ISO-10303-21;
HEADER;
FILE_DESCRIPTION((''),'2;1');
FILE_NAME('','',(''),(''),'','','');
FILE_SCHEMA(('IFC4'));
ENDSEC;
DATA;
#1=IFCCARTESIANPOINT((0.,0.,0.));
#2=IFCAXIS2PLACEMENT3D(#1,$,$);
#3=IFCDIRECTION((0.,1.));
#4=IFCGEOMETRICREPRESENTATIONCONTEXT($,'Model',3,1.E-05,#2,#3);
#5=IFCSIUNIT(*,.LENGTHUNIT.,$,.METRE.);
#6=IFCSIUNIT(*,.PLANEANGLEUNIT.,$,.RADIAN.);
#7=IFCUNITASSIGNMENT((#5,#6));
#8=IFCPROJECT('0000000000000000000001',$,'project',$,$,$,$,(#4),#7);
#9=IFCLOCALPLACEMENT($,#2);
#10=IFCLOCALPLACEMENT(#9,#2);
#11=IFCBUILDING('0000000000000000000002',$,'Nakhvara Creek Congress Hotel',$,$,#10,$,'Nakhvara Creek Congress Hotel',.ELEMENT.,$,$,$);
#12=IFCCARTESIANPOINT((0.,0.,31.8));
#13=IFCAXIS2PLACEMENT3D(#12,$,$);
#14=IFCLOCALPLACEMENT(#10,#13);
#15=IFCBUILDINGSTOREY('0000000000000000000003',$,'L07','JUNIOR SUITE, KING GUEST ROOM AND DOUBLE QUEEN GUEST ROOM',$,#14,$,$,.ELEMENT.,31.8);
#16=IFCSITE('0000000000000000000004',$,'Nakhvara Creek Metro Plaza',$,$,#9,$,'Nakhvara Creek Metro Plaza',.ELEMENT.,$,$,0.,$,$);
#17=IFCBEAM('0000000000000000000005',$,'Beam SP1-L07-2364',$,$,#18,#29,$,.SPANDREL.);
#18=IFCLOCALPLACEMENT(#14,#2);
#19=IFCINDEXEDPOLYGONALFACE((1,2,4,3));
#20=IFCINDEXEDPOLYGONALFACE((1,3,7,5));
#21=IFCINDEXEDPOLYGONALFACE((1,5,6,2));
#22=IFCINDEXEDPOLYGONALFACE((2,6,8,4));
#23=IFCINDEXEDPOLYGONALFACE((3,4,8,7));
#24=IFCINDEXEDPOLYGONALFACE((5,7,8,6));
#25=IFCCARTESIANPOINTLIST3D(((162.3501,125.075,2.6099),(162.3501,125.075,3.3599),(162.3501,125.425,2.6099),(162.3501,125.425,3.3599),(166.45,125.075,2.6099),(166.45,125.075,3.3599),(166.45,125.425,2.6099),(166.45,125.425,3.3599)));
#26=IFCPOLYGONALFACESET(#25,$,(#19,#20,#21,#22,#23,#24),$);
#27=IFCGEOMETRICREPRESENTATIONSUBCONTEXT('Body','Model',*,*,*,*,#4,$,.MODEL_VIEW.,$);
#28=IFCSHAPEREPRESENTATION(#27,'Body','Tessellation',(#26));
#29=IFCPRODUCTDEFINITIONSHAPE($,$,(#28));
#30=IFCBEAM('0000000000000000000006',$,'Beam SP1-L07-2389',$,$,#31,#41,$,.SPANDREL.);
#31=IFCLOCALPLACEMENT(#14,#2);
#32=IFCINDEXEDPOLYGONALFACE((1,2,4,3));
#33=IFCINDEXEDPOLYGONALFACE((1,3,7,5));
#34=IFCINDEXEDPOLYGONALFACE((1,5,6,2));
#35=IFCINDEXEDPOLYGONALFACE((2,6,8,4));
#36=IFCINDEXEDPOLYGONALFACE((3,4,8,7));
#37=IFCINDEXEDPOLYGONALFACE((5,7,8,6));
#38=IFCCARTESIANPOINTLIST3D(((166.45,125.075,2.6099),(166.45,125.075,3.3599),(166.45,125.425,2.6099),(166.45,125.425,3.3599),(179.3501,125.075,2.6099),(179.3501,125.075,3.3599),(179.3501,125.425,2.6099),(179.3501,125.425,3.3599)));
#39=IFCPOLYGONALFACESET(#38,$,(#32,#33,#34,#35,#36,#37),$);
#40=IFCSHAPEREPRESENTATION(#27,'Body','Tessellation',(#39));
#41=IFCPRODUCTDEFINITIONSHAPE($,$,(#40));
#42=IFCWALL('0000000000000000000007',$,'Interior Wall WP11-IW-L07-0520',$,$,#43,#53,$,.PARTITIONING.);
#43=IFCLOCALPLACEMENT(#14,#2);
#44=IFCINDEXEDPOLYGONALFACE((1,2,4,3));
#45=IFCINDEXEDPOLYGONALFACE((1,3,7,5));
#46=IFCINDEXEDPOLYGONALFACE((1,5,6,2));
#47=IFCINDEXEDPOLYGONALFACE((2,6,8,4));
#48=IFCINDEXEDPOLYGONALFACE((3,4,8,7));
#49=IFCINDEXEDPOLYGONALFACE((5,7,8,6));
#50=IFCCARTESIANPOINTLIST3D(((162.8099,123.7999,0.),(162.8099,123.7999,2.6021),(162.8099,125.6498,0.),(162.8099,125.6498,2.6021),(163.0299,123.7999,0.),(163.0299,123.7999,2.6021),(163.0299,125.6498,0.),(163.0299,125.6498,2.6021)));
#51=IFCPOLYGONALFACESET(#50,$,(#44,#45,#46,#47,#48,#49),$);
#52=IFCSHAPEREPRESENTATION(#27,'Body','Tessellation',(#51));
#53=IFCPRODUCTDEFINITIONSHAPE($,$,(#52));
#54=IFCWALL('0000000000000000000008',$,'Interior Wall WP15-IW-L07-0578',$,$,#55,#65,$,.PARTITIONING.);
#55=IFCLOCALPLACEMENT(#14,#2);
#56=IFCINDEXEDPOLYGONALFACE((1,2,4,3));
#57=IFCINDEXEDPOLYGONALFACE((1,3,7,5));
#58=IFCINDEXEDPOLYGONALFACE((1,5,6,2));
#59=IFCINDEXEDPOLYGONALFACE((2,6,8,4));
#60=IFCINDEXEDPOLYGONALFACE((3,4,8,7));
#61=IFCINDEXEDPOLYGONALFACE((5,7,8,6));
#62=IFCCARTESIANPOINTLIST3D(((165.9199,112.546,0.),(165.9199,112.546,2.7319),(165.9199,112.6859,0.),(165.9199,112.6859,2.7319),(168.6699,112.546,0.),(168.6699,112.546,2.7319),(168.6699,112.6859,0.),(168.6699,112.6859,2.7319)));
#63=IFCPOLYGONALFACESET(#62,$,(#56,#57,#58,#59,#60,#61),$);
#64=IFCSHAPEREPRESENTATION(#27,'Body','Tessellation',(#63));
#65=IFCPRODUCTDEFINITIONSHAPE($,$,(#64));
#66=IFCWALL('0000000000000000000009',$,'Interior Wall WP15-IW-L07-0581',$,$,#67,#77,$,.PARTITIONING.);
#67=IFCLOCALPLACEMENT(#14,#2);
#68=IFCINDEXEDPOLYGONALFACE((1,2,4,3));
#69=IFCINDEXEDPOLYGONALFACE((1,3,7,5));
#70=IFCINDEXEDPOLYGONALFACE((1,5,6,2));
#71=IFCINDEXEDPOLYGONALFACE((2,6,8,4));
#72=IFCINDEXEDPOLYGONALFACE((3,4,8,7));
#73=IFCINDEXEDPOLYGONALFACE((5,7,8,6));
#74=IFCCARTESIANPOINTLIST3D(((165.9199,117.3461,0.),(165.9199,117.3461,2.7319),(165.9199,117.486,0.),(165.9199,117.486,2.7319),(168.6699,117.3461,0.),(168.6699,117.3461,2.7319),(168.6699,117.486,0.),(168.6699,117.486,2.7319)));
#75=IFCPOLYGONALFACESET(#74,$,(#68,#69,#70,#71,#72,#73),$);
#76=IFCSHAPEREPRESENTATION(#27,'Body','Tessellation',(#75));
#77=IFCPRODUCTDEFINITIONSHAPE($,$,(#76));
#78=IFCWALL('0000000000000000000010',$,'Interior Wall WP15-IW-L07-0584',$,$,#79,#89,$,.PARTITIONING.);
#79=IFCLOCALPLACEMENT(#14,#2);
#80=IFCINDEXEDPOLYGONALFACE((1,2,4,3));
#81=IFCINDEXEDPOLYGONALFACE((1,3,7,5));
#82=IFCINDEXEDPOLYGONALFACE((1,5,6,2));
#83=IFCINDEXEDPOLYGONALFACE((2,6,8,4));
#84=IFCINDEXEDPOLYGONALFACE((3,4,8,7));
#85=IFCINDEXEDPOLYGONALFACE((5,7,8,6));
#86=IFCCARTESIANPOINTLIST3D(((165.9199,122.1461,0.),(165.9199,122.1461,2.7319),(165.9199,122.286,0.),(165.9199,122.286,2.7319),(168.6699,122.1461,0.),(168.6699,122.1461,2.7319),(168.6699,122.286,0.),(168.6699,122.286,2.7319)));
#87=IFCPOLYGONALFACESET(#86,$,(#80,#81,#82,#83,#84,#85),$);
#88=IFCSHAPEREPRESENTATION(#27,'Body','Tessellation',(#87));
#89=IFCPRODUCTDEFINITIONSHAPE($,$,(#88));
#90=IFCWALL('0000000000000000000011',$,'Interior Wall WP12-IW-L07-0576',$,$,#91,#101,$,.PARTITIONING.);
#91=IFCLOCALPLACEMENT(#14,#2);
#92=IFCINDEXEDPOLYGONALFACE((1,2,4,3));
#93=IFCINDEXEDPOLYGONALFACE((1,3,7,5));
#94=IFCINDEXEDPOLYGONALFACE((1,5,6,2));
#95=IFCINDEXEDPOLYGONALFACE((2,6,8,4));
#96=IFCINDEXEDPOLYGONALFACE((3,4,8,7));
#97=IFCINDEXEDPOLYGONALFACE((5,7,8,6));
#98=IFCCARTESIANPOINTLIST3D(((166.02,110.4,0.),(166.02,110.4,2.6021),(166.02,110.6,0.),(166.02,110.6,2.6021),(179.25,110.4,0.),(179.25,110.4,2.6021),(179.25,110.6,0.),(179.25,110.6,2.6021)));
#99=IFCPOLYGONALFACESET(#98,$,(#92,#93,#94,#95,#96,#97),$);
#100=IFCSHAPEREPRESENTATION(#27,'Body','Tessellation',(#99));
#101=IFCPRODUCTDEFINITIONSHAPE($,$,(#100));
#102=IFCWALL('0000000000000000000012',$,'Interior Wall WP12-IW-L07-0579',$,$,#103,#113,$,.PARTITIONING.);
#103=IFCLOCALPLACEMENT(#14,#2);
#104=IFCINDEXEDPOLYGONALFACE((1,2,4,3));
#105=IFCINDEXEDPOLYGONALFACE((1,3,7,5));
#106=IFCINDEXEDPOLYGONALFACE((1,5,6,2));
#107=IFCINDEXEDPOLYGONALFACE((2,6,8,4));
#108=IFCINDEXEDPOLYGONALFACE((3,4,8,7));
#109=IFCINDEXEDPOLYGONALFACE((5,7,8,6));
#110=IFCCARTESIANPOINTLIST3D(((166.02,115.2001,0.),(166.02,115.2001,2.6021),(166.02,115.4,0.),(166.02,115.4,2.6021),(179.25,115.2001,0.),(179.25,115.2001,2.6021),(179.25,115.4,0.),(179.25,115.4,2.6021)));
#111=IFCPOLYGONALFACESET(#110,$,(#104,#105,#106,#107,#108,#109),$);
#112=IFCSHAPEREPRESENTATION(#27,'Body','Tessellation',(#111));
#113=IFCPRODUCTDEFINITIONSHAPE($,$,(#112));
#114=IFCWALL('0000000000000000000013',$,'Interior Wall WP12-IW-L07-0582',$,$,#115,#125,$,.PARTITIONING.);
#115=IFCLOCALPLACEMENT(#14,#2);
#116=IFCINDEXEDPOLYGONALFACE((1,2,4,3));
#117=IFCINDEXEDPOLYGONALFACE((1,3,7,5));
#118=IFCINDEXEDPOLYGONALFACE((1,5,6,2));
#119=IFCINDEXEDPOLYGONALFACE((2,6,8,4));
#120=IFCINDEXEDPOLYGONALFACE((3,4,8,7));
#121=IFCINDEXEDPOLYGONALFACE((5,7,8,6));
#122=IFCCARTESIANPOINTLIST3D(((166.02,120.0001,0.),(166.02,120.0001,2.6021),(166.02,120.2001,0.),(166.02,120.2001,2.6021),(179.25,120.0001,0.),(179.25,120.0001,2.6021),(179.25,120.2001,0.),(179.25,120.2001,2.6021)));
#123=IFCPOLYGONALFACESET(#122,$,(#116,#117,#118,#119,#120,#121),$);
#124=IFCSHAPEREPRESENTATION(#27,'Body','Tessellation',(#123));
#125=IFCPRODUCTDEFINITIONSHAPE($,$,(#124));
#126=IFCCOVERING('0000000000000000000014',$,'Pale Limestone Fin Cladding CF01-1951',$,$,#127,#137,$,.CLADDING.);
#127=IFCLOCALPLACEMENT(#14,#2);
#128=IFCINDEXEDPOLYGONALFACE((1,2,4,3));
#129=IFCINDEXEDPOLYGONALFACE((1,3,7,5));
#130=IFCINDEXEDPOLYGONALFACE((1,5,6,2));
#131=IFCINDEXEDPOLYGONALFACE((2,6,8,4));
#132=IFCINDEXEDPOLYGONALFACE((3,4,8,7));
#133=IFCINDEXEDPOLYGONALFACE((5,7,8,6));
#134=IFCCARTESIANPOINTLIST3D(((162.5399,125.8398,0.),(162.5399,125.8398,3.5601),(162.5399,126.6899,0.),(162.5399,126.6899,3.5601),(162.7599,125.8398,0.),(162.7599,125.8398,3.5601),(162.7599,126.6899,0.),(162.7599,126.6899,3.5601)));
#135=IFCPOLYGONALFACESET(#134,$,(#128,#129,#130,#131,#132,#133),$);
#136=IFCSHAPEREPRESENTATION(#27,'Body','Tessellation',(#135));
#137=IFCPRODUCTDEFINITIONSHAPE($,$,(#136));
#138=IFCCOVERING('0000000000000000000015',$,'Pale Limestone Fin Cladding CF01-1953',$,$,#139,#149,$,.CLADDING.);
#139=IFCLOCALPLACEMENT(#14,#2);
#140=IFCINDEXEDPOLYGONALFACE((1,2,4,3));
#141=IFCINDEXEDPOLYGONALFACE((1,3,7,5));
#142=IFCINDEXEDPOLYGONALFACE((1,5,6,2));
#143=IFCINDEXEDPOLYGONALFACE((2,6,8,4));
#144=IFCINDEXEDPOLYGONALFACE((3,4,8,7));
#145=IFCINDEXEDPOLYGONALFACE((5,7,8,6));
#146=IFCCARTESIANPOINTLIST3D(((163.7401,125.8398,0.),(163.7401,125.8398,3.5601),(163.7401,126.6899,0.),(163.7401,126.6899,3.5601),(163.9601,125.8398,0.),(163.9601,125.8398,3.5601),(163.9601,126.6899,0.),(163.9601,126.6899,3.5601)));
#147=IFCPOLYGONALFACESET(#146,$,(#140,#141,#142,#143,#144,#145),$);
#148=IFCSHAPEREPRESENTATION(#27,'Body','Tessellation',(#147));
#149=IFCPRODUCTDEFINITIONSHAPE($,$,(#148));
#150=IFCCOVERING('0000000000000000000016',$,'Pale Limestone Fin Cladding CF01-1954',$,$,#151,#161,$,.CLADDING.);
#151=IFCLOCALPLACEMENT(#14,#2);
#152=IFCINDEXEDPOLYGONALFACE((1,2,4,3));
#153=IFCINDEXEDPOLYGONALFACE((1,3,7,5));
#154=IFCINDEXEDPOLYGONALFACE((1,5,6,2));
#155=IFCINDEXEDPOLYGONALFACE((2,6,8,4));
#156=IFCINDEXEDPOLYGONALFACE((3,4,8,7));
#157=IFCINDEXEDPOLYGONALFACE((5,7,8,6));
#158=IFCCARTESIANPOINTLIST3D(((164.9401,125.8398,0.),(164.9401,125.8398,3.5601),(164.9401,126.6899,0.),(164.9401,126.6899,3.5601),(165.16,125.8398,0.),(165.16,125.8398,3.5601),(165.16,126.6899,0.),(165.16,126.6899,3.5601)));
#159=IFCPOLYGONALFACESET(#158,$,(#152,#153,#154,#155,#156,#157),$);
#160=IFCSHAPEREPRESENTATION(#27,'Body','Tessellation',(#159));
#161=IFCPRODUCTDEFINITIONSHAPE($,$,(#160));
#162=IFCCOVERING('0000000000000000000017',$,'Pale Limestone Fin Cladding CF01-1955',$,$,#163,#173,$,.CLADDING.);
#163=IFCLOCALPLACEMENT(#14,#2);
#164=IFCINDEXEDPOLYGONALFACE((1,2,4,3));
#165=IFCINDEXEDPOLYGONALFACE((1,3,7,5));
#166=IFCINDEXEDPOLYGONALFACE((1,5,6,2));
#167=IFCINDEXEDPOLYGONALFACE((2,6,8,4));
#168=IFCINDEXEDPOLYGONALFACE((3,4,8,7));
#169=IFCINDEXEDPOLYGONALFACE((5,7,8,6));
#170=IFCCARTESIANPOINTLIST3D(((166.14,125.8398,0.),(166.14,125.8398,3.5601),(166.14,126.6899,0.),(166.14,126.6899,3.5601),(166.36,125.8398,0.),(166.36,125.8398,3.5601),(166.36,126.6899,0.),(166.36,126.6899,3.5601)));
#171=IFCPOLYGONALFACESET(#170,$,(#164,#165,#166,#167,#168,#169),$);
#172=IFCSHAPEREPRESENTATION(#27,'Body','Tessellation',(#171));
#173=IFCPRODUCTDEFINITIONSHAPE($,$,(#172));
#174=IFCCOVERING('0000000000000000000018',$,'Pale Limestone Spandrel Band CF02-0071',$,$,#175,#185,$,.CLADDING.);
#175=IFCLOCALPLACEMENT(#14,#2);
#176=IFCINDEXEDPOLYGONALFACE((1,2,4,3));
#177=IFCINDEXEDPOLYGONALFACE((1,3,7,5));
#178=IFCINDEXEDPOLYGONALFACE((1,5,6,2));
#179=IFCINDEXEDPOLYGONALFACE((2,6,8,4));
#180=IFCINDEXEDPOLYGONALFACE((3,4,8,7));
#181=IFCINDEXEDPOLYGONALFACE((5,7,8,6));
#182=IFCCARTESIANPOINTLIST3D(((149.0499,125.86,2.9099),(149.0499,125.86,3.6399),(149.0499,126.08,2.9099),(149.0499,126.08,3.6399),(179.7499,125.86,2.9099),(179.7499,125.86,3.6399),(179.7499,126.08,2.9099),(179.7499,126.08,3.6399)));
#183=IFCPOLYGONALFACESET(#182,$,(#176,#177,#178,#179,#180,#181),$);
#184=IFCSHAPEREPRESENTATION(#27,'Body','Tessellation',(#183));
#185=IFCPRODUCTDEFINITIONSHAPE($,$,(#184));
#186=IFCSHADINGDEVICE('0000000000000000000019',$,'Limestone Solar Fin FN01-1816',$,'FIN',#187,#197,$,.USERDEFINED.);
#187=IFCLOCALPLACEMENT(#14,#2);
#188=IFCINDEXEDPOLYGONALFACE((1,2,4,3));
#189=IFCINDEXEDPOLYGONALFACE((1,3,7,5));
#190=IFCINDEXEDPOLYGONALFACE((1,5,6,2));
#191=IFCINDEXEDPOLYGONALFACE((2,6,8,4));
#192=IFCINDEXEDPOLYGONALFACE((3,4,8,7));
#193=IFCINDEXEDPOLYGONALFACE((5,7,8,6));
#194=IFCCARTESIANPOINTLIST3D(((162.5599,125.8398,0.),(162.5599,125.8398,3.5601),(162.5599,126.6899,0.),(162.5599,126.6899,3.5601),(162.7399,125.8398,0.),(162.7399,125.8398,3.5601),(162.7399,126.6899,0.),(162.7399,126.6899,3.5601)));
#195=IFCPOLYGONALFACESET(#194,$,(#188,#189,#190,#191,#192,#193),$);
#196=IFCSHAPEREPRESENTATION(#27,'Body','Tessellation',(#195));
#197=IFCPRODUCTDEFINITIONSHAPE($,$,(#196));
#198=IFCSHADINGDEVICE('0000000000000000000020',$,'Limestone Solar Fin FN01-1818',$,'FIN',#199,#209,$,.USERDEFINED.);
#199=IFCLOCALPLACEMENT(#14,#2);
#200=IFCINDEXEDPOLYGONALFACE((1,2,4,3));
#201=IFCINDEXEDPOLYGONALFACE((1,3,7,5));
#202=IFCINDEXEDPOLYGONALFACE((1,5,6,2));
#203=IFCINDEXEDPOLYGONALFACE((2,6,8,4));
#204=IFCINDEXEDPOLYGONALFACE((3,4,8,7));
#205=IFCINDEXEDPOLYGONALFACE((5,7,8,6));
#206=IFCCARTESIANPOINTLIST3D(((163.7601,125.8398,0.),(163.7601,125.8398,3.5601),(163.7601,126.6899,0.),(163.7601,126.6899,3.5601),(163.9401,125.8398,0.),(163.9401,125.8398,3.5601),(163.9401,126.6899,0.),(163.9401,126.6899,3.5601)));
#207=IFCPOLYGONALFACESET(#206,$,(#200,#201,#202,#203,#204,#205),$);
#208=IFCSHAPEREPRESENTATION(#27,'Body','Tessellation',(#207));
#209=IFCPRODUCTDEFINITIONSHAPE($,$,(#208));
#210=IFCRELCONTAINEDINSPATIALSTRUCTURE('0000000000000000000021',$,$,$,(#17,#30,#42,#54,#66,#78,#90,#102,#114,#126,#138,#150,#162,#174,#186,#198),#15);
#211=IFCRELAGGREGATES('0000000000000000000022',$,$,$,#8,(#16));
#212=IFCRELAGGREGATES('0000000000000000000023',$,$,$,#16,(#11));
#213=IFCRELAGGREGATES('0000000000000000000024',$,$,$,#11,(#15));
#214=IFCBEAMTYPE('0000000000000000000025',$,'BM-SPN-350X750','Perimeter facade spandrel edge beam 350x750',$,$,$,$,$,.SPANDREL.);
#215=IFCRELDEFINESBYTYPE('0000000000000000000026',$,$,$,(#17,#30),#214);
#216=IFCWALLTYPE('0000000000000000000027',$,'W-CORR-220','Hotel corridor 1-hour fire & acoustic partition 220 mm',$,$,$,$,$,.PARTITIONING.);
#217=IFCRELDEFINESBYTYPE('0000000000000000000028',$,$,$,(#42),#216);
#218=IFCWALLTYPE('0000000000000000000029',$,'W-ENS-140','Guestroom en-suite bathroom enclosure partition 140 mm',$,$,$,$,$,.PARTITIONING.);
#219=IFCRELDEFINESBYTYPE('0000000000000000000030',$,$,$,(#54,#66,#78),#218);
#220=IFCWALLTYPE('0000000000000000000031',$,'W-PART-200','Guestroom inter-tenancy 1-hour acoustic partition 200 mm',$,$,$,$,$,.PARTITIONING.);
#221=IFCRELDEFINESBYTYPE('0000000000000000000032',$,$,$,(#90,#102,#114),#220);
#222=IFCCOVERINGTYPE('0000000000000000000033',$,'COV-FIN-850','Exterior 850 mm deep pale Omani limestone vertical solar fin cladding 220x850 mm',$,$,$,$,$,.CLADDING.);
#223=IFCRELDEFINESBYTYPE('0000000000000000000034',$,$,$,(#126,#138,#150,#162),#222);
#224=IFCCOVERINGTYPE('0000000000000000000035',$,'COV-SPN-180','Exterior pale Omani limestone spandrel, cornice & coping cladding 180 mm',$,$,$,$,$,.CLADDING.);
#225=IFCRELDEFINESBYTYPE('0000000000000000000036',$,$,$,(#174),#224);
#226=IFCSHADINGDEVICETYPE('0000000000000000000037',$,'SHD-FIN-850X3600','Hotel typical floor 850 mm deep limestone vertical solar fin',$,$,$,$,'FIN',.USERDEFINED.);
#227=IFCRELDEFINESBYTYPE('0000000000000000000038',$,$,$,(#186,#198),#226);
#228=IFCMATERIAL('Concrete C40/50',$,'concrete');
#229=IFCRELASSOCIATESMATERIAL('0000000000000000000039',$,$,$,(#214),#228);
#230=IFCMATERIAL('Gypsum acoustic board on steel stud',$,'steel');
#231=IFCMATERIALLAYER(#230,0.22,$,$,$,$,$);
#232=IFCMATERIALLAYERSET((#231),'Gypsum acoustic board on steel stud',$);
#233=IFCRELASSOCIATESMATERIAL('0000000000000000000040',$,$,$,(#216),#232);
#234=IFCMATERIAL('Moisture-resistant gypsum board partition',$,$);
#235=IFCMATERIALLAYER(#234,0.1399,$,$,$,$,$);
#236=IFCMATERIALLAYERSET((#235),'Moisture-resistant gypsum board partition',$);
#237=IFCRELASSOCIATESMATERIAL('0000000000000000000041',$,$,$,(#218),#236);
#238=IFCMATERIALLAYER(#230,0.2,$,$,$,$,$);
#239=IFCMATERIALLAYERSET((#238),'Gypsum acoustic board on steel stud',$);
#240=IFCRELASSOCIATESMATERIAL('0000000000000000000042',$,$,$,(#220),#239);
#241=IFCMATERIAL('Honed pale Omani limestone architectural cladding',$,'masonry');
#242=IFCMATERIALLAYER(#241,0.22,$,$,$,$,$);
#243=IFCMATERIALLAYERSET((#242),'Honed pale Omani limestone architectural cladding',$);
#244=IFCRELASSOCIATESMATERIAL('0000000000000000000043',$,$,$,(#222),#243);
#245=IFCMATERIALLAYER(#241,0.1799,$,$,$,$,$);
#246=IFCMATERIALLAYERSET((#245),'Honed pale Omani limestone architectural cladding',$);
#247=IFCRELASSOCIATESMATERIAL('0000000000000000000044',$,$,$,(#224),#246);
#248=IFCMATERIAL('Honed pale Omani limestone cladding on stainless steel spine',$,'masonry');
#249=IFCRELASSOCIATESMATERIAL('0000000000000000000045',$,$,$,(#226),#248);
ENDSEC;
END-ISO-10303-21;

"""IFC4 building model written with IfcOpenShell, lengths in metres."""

from ifc_helpers import new_model, si_unit, direction, frame, frame_2d, origin, origin_2d, place, context, subcontext, project, spatial, rectangle, extrude, material, layer, layer_set, material_profile, profile_set, type_object, element, save


model = new_model("IFC4")

# Units and contexts
model_context = context("Model", 3, precision=1e-05, world=origin(), true_north=direction((0.0, 1.0)))
body_context = subcontext(model_context, "Body", "Model", "MODEL_VIEW")
ifc_project = project(units=[si_unit("LENGTHUNIT", "METRE"), si_unit("PLANEANGLEUNIT", "RADIAN")], contexts=[model_context])

# Site, building, storey
site_placement = place(None, origin())
site = spatial("IfcSite", under=ifc_project, at=site_placement, Name="Nakhvara Creek Metro Plaza", LongName="Nakhvara Creek Metro Plaza", CompositionType="ELEMENT", RefElevation=0.0)
building_placement = place(site_placement, origin())
building = spatial("IfcBuilding", under=site, at=building_placement, Name="Nakhvara Creek Congress Hotel", LongName="Nakhvara Creek Congress Hotel", CompositionType="ELEMENT")
storey_placement = place(building_placement, frame((0.0, 0.0, 31.8)))
storey = spatial("IfcBuildingStorey", under=building, at=storey_placement, Name="L07", Description="JUNIOR SUITE, KING GUEST ROOM AND DOUBLE QUEEN GUEST ROOM", CompositionType="ELEMENT", Elevation=31.8)

# Beams
ifc_material_1 = material(Name="Concrete C40/50", Category="concrete")
ifc_material_profile_1 = material_profile(ifc_material_1, rectangle(XDim=0.3501, YDim=0.75, at=origin_2d()), Name="RC-SPANDREL 350x750", Category="LoadBearing")
ifc_profile_set_1 = profile_set([ifc_material_profile_1], Name="Concrete C40/50")
beam_type_1 = type_object("IfcBeamType", Name="BM-SPN-350X750", Description="Perimeter facade spandrel edge beam 350x750", PredefinedType="SPANDREL", material=ifc_profile_set_1)
beam_1_placement = place(storey_placement, frame((162.3501, 125.25, 2.9849), z_axis=(1.0, 0.0, 0.0), x_axis=(0.0, 1.0, 0.0)))
element("IfcBeam", 1, at=beam_1_placement, inside=storey, type_object=beam_type_1, Name="Beam SP1-L07-2364", PredefinedType="SPANDREL", context=body_context, shape_type="SweptSolid", body=[
    extrude(rectangle(XDim=0.3501, YDim=0.75, at=origin_2d()), origin(), (0.0, 0.0, 1.0), 4.0999),
])
beam_2_placement = place(storey_placement, frame((166.45, 125.25, 2.9849), z_axis=(1.0, 0.0, 0.0), x_axis=(0.0, 1.0, 0.0)))
element("IfcBeam", 2, at=beam_2_placement, inside=storey, type_object=beam_type_1, Name="Beam SP1-L07-2389", PredefinedType="SPANDREL", context=body_context, shape_type="SweptSolid", body=[
    extrude(rectangle(XDim=0.3501, YDim=0.75, at=origin_2d()), origin(), (0.0, 0.0, 1.0), 12.9001),
])

# Walls
ifc_material_2 = material(Name="Gypsum acoustic board on steel stud", Category="steel")
ifc_layer_1 = layer(ifc_material_2, 0.22)
ifc_layer_set_1 = layer_set([ifc_layer_1], Name="Gypsum acoustic board on steel stud")
wall_type_1 = type_object("IfcWallType", Name="W-CORR-220", Description="Hotel corridor 1-hour fire & acoustic partition 220 mm", PredefinedType="PARTITIONING", material=ifc_layer_set_1)
wall_placement = place(storey_placement, frame((162.9199, 123.8, 0.0), z_axis=(0.0, 0.0, 1.0), x_axis=(0.0, 1.0, 0.0)))
element("IfcWall", 3, at=wall_placement, inside=storey, type_object=wall_type_1, Name="Interior Wall WP11-IW-L07-0520", PredefinedType="PARTITIONING", context=body_context, shape_type="SweptSolid", body=[
    extrude(rectangle(XDim=1.8499, YDim=0.22, at=frame_2d((0.9248, 0.0))), origin(), (0.0, 0.0, 1.0), 2.6021),
])
ifc_material_3 = material(Name="Moisture-resistant gypsum board partition")
ifc_layer_2 = layer(ifc_material_3, 0.1399)
ifc_layer_set_2 = layer_set([ifc_layer_2], Name="Moisture-resistant gypsum board partition")
wall_type_2 = type_object("IfcWallType", Name="W-ENS-140", Description="Guestroom en-suite bathroom enclosure partition 140 mm", PredefinedType="PARTITIONING", material=ifc_layer_set_2)
for number, where, z_axis, x_axis, name in (
    (4, (165.9199, 112.616, 0.0), (0.0, 0.0, 1.0), (1.0, 0.0, 0.0), "Interior Wall WP15-IW-L07-0578"),
    (5, (165.9199, 117.416, 0.0), (0.0, 0.0, 1.0), (1.0, 0.0, 0.0), "Interior Wall WP15-IW-L07-0581"),
    (6, (165.9199, 122.2161, 0.0), (0.0, 0.0, 1.0), (1.0, 0.0, 0.0), "Interior Wall WP15-IW-L07-0584"),
):
    element("IfcWall", number, at=place(storey_placement, frame(where, z_axis=z_axis, x_axis=x_axis)), inside=storey, type_object=wall_type_2, Name=name, PredefinedType="PARTITIONING", context=body_context, shape_type="SweptSolid", body=[
        extrude(rectangle(XDim=2.75, YDim=0.1399, at=frame_2d((1.375, 0.0))), origin(), (0.0, 0.0, 1.0), 2.7319),
    ])
ifc_layer_3 = layer(ifc_material_2, 0.2)
ifc_layer_set_3 = layer_set([ifc_layer_3], Name="Gypsum acoustic board on steel stud")
wall_type_3 = type_object("IfcWallType", Name="W-PART-200", Description="Guestroom inter-tenancy 1-hour acoustic partition 200 mm", PredefinedType="PARTITIONING", material=ifc_layer_set_3)
for number, where, z_axis, x_axis, name in (
    (7, (166.02, 110.5, 0.0), (0.0, 0.0, 1.0), (1.0, 0.0, 0.0), "Interior Wall WP12-IW-L07-0576"),
    (8, (166.02, 115.3, 0.0), (0.0, 0.0, 1.0), (1.0, 0.0, 0.0), "Interior Wall WP12-IW-L07-0579"),
    (9, (166.02, 120.1001, 0.0), (0.0, 0.0, 1.0), (1.0, 0.0, 0.0), "Interior Wall WP12-IW-L07-0582"),
):
    element("IfcWall", number, at=place(storey_placement, frame(where, z_axis=z_axis, x_axis=x_axis)), inside=storey, type_object=wall_type_3, Name=name, PredefinedType="PARTITIONING", context=body_context, shape_type="SweptSolid", body=[
        extrude(rectangle(XDim=13.23, YDim=0.2, at=frame_2d((6.615, 0.0))), origin(), (0.0, 0.0, 1.0), 2.6021),
    ])

# Coverings
ifc_material_4 = material(Name="Honed pale Omani limestone architectural cladding", Category="masonry")
ifc_layer_4 = layer(ifc_material_4, 0.22)
ifc_layer_set_4 = layer_set([ifc_layer_4], Name="Honed pale Omani limestone architectural cladding")
covering_type_1 = type_object("IfcCoveringType", Name="COV-FIN-850", Description="Exterior 850 mm deep pale Omani limestone vertical solar fin cladding 220x850 mm", PredefinedType="CLADDING", material=ifc_layer_set_4)
for number, where, z_axis, x_axis, name in (
    (10, (162.6499, 126.2649, 0.0), (0.0, 0.0, 1.0), (1.0, 0.0, 0.0), "Pale Limestone Fin Cladding CF01-1951"),
    (11, (163.8501, 126.2649, 0.0), (0.0, 0.0, 1.0), (1.0, 0.0, 0.0), "Pale Limestone Fin Cladding CF01-1953"),
    (12, (165.05, 126.2649, 0.0), (0.0, 0.0, 1.0), (1.0, 0.0, 0.0), "Pale Limestone Fin Cladding CF01-1954"),
    (13, (166.25, 126.2649, 0.0), (0.0, 0.0, 1.0), (1.0, 0.0, 0.0), "Pale Limestone Fin Cladding CF01-1955"),
):
    element("IfcCovering", number, at=place(storey_placement, frame(where, z_axis=z_axis, x_axis=x_axis)), inside=storey, type_object=covering_type_1, Name=name, PredefinedType="CLADDING", context=body_context, shape_type="SweptSolid", body=[
        extrude(rectangle(XDim=0.22, YDim=0.8501, at=origin_2d()), origin(), (0.0, 0.0, 1.0), 3.5601),
    ])
ifc_layer_5 = layer(ifc_material_4, 0.1799)
ifc_layer_set_5 = layer_set([ifc_layer_5], Name="Honed pale Omani limestone architectural cladding")
covering_type_2 = type_object("IfcCoveringType", Name="COV-SPN-180", Description="Exterior pale Omani limestone spandrel, cornice & coping cladding 180 mm", PredefinedType="CLADDING", material=ifc_layer_set_5)
covering_placement = place(storey_placement, frame((164.3999, 125.97, 2.9099), z_axis=(0.0, 0.0, 1.0), x_axis=(1.0, 0.0, 0.0)))
element("IfcCovering", 14, at=covering_placement, inside=storey, type_object=covering_type_2, Name="Pale Limestone Spandrel Band CF02-0071", PredefinedType="CLADDING", context=body_context, shape_type="SweptSolid", body=[
    extrude(rectangle(XDim=30.7, YDim=0.22, at=origin_2d()), origin(), (0.0, 0.0, 1.0), 0.73),
])

# Shading devices
ifc_material_5 = material(Name="Honed pale Omani limestone cladding on stainless steel spine", Category="masonry")
shading_device_type = type_object("IfcShadingDeviceType", Name="SHD-FIN-850X3600", Description="Hotel typical floor 850 mm deep limestone vertical solar fin", ElementType="FIN", PredefinedType="USERDEFINED", material=ifc_material_5)
for number, where, z_axis, x_axis, name in (
    (15, (162.6499, 126.2649, 0.0), (0.0, 0.0, 1.0), (1.0, 0.0, 0.0), "Limestone Solar Fin FN01-1816"),
    (16, (163.8501, 126.2649, 0.0), (0.0, 0.0, 1.0), (1.0, 0.0, 0.0), "Limestone Solar Fin FN01-1818"),
):
    element("IfcShadingDevice", number, at=place(storey_placement, frame(where, z_axis=z_axis, x_axis=x_axis)), inside=storey, type_object=shading_device_type, Name=name, ObjectType="FIN", PredefinedType="USERDEFINED", context=body_context, shape_type="SweptSolid", body=[
        extrude(rectangle(XDim=0.1799, YDim=0.8501, at=origin_2d()), origin(), (0.0, 0.0, 1.0), 3.5601),
    ])

save(model, "model.ifc")
